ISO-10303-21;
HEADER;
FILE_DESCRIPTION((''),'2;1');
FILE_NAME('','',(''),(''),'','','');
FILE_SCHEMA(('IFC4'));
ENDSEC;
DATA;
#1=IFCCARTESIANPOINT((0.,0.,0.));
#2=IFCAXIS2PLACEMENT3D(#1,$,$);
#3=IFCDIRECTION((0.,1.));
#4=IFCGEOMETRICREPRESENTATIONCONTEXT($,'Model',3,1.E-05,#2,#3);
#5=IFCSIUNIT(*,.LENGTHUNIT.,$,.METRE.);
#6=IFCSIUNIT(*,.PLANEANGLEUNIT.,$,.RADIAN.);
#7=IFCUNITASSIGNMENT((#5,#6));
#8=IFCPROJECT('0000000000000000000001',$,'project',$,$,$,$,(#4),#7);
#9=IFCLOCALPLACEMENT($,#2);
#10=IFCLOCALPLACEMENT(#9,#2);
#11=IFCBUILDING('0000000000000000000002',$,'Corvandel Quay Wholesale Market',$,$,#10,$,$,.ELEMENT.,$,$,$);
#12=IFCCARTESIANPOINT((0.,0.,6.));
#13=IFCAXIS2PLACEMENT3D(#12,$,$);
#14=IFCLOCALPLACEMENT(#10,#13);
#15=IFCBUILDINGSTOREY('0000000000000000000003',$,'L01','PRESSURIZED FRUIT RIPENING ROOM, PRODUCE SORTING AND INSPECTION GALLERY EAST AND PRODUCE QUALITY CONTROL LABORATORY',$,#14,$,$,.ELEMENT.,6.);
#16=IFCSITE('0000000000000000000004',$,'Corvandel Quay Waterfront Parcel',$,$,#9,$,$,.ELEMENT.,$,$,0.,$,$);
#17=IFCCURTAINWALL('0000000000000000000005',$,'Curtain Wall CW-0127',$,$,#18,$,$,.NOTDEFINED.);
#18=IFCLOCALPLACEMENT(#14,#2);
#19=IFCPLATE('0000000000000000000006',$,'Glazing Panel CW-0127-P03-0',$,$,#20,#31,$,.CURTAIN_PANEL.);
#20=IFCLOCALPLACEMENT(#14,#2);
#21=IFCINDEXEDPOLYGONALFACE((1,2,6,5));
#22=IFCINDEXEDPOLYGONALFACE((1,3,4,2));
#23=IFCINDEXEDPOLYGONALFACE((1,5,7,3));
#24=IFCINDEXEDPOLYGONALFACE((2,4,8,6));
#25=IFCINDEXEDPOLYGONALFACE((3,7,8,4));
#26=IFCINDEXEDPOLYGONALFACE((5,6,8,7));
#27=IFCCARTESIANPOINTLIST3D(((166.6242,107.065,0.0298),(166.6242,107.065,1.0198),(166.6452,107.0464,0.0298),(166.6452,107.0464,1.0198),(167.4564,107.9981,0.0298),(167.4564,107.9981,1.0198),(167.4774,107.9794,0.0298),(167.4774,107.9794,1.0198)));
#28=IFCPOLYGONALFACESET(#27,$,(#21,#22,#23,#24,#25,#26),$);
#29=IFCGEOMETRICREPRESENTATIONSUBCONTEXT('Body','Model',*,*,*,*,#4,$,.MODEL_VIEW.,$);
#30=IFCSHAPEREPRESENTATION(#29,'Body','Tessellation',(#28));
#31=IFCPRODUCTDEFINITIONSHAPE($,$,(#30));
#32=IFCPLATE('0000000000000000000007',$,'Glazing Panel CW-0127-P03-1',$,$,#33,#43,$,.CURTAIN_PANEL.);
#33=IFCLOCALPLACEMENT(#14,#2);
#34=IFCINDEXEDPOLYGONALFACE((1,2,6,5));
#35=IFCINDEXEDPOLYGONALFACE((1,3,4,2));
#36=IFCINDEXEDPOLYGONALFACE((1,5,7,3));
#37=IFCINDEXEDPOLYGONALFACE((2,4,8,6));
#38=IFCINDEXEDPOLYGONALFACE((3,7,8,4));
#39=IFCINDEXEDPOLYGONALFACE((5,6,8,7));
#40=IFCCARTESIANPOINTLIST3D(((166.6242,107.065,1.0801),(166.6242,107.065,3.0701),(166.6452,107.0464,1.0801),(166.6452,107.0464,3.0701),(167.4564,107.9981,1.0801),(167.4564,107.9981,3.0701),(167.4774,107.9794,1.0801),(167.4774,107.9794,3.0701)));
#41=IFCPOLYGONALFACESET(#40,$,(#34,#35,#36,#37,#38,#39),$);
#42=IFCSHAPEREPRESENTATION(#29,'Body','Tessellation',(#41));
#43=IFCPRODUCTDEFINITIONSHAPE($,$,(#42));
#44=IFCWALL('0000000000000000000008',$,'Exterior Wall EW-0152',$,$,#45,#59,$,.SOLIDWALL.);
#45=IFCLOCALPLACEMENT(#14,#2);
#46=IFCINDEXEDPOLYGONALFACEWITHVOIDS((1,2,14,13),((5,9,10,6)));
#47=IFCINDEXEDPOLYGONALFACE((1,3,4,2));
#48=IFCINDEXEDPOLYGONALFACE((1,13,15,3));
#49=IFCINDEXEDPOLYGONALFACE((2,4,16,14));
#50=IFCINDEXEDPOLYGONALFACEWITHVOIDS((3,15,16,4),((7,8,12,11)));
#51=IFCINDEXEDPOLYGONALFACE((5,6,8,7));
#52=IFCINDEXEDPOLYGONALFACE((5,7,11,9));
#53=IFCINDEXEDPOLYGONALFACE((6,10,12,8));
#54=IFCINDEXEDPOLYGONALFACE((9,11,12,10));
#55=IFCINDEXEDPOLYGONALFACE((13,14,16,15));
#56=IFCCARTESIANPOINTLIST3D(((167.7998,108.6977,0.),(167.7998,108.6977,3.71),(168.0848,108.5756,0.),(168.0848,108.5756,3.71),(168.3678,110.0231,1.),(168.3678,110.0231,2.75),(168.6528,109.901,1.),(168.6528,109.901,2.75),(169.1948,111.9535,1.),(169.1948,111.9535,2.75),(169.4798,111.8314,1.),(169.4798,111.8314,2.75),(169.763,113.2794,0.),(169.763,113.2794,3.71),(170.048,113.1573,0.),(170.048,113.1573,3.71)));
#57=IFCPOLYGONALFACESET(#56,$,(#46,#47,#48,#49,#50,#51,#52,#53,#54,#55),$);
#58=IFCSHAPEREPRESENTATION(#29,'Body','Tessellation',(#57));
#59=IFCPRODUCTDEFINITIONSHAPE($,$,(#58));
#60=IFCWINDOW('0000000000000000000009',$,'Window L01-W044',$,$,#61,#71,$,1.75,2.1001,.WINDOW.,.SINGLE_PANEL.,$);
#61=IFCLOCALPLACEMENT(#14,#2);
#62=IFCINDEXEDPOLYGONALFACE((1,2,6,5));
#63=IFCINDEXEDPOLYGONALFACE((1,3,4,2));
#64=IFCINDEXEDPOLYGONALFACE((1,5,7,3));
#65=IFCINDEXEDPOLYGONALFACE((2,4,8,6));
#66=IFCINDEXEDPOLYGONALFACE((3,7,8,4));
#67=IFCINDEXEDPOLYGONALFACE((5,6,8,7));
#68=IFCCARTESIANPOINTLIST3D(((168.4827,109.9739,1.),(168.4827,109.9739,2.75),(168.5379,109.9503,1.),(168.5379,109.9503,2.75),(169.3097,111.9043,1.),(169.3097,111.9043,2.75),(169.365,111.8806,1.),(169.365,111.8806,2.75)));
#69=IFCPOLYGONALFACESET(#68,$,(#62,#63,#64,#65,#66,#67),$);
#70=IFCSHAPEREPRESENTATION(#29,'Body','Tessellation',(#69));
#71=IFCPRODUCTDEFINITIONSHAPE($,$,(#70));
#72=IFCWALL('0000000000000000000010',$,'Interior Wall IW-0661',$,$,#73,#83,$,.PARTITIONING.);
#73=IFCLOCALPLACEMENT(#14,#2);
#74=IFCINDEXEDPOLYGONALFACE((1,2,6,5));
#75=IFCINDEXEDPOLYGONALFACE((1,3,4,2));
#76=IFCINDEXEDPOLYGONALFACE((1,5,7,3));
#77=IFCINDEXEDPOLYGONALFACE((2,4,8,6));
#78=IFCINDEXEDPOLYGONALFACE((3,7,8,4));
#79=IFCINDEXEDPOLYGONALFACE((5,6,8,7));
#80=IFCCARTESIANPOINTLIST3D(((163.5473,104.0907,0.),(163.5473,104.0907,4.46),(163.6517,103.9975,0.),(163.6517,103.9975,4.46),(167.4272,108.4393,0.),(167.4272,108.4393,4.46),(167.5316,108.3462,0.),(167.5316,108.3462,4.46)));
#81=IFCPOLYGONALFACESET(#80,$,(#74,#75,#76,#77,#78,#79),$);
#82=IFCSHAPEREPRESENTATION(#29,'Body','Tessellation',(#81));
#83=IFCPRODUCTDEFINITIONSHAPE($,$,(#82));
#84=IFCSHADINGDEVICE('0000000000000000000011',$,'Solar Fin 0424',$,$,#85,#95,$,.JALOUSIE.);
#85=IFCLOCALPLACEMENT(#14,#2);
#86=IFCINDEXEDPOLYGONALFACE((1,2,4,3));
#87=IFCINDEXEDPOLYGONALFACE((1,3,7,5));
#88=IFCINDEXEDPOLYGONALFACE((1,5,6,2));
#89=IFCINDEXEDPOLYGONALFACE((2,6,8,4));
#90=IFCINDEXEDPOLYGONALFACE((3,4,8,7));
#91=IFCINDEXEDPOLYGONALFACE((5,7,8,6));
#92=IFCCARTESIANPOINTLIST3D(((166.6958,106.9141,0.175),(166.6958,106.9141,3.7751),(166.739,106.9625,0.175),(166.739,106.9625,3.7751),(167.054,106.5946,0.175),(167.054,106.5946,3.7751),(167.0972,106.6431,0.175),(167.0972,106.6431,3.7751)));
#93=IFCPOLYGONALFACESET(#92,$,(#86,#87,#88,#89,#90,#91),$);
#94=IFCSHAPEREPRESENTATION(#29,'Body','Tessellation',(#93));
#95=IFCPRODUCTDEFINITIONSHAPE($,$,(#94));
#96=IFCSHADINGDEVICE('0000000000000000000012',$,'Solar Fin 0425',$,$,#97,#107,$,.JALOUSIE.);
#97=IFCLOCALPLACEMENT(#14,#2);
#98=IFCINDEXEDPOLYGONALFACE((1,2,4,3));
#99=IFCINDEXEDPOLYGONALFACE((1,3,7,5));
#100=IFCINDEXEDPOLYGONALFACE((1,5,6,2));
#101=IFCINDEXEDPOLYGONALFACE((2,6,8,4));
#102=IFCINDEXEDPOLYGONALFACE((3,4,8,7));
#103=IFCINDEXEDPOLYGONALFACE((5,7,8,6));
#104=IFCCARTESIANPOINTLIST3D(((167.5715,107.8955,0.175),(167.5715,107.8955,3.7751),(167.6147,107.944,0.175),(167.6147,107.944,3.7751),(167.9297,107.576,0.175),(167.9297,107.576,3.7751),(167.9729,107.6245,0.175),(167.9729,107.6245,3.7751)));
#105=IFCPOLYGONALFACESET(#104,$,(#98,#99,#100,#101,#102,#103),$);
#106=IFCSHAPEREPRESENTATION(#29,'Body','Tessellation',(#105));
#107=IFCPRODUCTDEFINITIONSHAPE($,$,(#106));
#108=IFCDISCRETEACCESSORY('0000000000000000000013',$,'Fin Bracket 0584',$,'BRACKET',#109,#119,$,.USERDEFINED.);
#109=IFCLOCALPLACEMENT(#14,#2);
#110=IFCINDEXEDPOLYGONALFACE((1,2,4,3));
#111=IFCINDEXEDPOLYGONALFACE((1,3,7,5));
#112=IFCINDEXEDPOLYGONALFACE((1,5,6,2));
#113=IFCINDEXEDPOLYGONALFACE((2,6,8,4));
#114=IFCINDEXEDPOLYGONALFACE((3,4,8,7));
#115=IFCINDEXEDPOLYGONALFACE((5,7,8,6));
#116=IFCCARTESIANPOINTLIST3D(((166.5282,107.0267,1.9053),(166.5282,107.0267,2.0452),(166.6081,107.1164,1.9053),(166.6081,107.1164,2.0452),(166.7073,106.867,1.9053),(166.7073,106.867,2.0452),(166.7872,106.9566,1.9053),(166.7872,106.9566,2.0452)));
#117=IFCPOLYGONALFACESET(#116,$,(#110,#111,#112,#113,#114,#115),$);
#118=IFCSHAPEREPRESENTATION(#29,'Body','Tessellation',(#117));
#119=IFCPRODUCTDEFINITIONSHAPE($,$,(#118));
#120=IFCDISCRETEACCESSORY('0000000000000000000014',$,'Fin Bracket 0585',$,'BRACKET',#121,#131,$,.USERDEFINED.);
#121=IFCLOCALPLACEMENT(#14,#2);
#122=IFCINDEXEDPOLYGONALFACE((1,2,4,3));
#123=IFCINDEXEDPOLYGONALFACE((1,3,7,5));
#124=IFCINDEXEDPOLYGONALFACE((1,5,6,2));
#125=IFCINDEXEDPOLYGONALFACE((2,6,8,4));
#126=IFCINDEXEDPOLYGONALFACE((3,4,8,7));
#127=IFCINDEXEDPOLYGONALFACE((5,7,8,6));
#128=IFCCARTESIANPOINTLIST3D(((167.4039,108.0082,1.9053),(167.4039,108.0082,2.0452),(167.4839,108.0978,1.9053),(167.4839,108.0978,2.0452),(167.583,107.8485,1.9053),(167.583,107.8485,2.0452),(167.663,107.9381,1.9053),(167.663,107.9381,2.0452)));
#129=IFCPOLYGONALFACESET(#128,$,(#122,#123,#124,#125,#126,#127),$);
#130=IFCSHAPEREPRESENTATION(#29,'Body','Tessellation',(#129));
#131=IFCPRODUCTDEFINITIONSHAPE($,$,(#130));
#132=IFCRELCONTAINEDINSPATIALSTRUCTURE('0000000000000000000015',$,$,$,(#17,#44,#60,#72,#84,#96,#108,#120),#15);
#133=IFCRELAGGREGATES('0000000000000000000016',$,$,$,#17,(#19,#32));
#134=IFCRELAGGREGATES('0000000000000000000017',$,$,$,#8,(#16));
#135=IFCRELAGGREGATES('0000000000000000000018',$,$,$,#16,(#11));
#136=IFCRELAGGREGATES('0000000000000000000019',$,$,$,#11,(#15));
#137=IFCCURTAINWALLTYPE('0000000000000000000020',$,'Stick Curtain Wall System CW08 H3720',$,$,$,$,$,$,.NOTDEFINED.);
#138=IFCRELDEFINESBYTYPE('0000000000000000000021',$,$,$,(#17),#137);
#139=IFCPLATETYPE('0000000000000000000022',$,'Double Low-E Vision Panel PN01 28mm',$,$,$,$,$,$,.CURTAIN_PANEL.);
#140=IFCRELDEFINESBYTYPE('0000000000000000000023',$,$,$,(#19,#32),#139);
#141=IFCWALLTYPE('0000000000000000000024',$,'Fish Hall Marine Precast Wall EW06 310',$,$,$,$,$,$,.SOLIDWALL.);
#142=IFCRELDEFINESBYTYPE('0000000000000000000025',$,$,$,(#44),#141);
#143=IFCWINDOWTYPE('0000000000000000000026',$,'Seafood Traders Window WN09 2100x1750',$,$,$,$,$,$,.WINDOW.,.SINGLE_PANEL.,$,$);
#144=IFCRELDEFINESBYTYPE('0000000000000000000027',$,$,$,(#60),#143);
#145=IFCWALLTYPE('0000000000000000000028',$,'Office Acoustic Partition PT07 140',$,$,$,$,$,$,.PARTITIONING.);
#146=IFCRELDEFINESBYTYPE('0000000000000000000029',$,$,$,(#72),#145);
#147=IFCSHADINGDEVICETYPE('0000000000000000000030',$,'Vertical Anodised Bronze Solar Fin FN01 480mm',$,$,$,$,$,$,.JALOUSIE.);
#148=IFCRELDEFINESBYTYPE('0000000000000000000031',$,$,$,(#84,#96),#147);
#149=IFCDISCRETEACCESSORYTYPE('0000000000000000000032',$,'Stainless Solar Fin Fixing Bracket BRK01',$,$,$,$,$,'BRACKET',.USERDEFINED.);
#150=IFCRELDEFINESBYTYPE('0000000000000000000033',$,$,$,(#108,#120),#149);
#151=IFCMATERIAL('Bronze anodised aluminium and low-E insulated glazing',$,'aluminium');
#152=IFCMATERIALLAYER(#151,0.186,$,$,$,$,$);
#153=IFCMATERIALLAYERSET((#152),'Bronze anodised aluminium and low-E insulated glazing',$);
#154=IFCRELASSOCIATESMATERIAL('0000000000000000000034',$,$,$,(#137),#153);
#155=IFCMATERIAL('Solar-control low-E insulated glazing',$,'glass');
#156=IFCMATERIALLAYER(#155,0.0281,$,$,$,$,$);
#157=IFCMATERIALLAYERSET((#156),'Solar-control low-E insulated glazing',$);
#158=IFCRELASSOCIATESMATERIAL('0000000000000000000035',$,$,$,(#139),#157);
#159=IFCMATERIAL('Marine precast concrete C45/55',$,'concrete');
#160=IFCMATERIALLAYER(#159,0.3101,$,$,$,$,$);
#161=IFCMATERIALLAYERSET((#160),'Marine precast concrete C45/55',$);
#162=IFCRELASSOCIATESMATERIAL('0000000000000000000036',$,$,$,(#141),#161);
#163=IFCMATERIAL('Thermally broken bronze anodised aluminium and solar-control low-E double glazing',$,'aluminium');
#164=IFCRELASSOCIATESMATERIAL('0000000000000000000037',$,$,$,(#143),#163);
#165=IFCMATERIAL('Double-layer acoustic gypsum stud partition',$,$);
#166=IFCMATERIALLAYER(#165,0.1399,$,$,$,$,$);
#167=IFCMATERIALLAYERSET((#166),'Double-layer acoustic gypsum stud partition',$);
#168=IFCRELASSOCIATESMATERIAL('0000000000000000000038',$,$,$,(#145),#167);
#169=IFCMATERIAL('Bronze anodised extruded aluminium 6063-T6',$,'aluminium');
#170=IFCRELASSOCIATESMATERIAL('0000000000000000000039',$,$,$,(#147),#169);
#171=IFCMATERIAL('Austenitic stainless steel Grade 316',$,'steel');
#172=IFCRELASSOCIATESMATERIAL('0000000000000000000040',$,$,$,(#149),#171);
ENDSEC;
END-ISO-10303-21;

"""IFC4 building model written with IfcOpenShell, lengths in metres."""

from ifc_helpers import new_model, si_unit, direction, frame, frame_2d, origin, origin_2d, place, context, subcontext, project, spatial, rectangle, extrude, material, layer, layer_set, type_object, element, fill, aggregate, save


model = new_model("IFC4")

# Units and contexts
model_context = context("Model", 3, precision=1e-05, world=origin(), true_north=direction((0.0, 1.0)))
body_context = subcontext(model_context, "Body", "Model", "MODEL_VIEW")
ifc_project = project(units=[si_unit("LENGTHUNIT", "METRE"), si_unit("PLANEANGLEUNIT", "RADIAN")], contexts=[model_context])

# Site, building, storey
site_placement = place(None, origin())
site = spatial("IfcSite", under=ifc_project, at=site_placement, Name="Corvandel Quay Waterfront Parcel", CompositionType="ELEMENT", RefElevation=0.0)
building_placement = place(site_placement, origin())
building = spatial("IfcBuilding", under=site, at=building_placement, Name="Corvandel Quay Wholesale Market", CompositionType="ELEMENT")
storey_placement = place(building_placement, frame((0.0, 0.0, 6.0)))
storey = spatial("IfcBuildingStorey", under=building, at=storey_placement, Name="L01", Description="PRESSURIZED FRUIT RIPENING ROOM, PRODUCE SORTING AND INSPECTION GALLERY EAST AND PRODUCE QUALITY CONTROL LABORATORY", CompositionType="ELEMENT", Elevation=6.0)

# Curtain wall
ifc_material_1 = material(Name="Bronze anodised aluminium and low-E insulated glazing", Category="aluminium")
ifc_layer_1 = layer(ifc_material_1, 0.186)
ifc_layer_set_1 = layer_set([ifc_layer_1], Name="Bronze anodised aluminium and low-E insulated glazing")
curtain_wall_type = type_object("IfcCurtainWallType", Name="Stick Curtain Wall System CW08 H3720", PredefinedType="NOTDEFINED", material=ifc_layer_set_1)
curtain_wall_placement = place(storey_placement, origin())
curtain_wall = element("IfcCurtainWall", 1, at=curtain_wall_placement, inside=storey, type_object=curtain_wall_type, Name="Curtain Wall CW-0127", PredefinedType="NOTDEFINED")

# Plates
ifc_material_2 = material(Name="Solar-control low-E insulated glazing", Category="glass")
ifc_layer_2 = layer(ifc_material_2, 0.0281)
ifc_layer_set_2 = layer_set([ifc_layer_2], Name="Solar-control low-E insulated glazing")
plate_type_1 = type_object("IfcPlateType", Name="Double Low-E Vision Panel PN01 28mm", PredefinedType="CURTAIN_PANEL", material=ifc_layer_set_2)
plate_1_placement = place(storey_placement, frame((167.0508, 107.5222, 0.0298), z_axis=(0.0, 0.0, 1.0), x_axis=(0.665621, 0.74629, 0.0)))
plate_1 = element("IfcPlate", 2, at=plate_1_placement, type_object=plate_type_1, Name="Glazing Panel CW-0127-P03-0", PredefinedType="CURTAIN_PANEL", context=body_context, shape_type="SweptSolid", body=[
    extrude(rectangle(XDim=1.2502, YDim=0.0281, at=origin_2d()), origin(), (0.0, 0.0, 1.0), 0.99),
])
plate_2_placement = place(storey_placement, frame((167.0508, 107.5222, 1.0801), z_axis=(0.0, 0.0, 1.0), x_axis=(0.665621, 0.74629, 0.0)))
plate_2 = element("IfcPlate", 3, at=plate_2_placement, type_object=plate_type_1, Name="Glazing Panel CW-0127-P03-1", PredefinedType="CURTAIN_PANEL", context=body_context, shape_type="SweptSolid", body=[
    extrude(rectangle(XDim=1.2502, YDim=0.0281, at=origin_2d()), origin(), (0.0, 0.0, 1.0), 1.99),
])
aggregate(curtain_wall, [plate_1, plate_2])

# Wall, opening, window
ifc_material_3 = material(Name="Marine precast concrete C45/55", Category="concrete")
ifc_layer_3 = layer(ifc_material_3, 0.3101)
ifc_layer_set_3 = layer_set([ifc_layer_3], Name="Marine precast concrete C45/55")
wall_type_1 = type_object("IfcWallType", Name="Fish Hall Marine Precast Wall EW06 310", PredefinedType="SOLIDWALL", material=ifc_layer_set_3)
wall_1_placement = place(storey_placement, frame((167.9424, 108.6367, 0.0), z_axis=(0.0, 0.0, 1.0), x_axis=(0.393837, 0.91918, 0.0)))
wall_1 = element("IfcWall", 4, at=wall_1_placement, inside=storey, type_object=wall_type_1, Name="Exterior Wall EW-0152", PredefinedType="SOLIDWALL", context=body_context, shape_type="SweptSolid", body=[
    extrude(rectangle(XDim=4.9846, YDim=0.3101, at=frame_2d((2.4922, 0.0))), origin(), (0.0, 0.0, 1.0), 3.71),
])
opening_placement = place(wall_1_placement, frame((1.4419, 0.0, 1.0)))
opening = element("IfcOpeningElement", 5, at=opening_placement, cuts=wall_1, PredefinedType="OPENING", context=body_context, shape_type="SweptSolid", body=[
    extrude(rectangle(XDim=2.1001, YDim=1.75, at=frame_2d((1.05, 0.875))), frame((0.0, 0.165, 0.0), z_axis=(0.0, -1.0, 0.0), x_axis=(1.0, 0.0, 0.0)), (0.0, 0.0, 1.0), 0.3301),
])
ifc_material_4 = material(Name="Thermally broken bronze anodised aluminium and solar-control low-E double glazing", Category="aluminium")
window_type = type_object("IfcWindowType", Name="Seafood Traders Window WN09 2100x1750", PartitioningType="SINGLE_PANEL", PredefinedType="WINDOW", material=ifc_material_4)
window_placement = place(opening_placement, origin())
window = element("IfcWindow", 6, at=window_placement, inside=storey, type_object=window_type, Name="Window L01-W044", OverallHeight=1.75, OverallWidth=2.1001, PartitioningType="SINGLE_PANEL", PredefinedType="WINDOW", context=body_context, shape_type="SweptSolid", body=[
    extrude(rectangle(XDim=2.1001, YDim=1.75, at=frame_2d((1.05, 0.875))), frame((0.0, 0.03, 0.0), z_axis=(0.0, -1.0, 0.0), x_axis=(1.0, 0.0, 0.0)), (0.0, 0.0, 1.0), 0.0601),
])
fill(opening, window)

# Wall
ifc_material_5 = material(Name="Double-layer acoustic gypsum stud partition")
ifc_layer_4 = layer(ifc_material_5, 0.1399)
ifc_layer_set_4 = layer_set([ifc_layer_4], Name="Double-layer acoustic gypsum stud partition")
wall_type_2 = type_object("IfcWallType", Name="Office Acoustic Partition PT07 140", PredefinedType="PARTITIONING", material=ifc_layer_set_4)
wall_2_placement = place(storey_placement, frame((167.4795, 108.3928, 0.0), z_axis=(0.0, 0.0, 1.0), x_axis=(-0.665746, -0.746178, 0.0)))
element("IfcWall", 7, at=wall_2_placement, inside=storey, type_object=wall_type_2, Name="Interior Wall IW-0661", PredefinedType="PARTITIONING", context=body_context, shape_type="SweptSolid", body=[
    extrude(rectangle(XDim=5.8279, YDim=0.1399, at=frame_2d((2.9141, 0.0))), origin(), (0.0, 0.0, 1.0), 4.46),
])

# Shading devices
ifc_material_6 = material(Name="Bronze anodised extruded aluminium 6063-T6", Category="aluminium")
shading_device_type = type_object("IfcShadingDeviceType", Name="Vertical Anodised Bronze Solar Fin FN01 480mm", PredefinedType="JALOUSIE", material=ifc_material_6)
for number, where, z_axis, x_axis, name in (
    (8, (166.8965, 106.7786, 0.175), (0.0, 0.0, 1.0), (-0.74629, 0.665621, 0.0), "Solar Fin 0424"),
    (9, (167.7722, 107.76, 0.175), (0.0, 0.0, 1.0), (-0.74629, 0.665621, 0.0), "Solar Fin 0425"),
):
    element("IfcShadingDevice", number, at=place(storey_placement, frame(where, z_axis=z_axis, x_axis=x_axis)), inside=storey, type_object=shading_device_type, Name=name, PredefinedType="JALOUSIE", context=body_context, shape_type="SweptSolid", body=[
        extrude(rectangle(XDim=0.48, YDim=0.0649, at=origin_2d()), origin(), (0.0, 0.0, 1.0), 3.6001),
    ])

# Discrete accessories
ifc_material_7 = material(Name="Austenitic stainless steel Grade 316", Category="steel")
discrete_accessory_type = type_object("IfcDiscreteAccessoryType", Name="Stainless Solar Fin Fixing Bracket BRK01", ElementType="BRACKET", PredefinedType="USERDEFINED", material=ifc_material_7)
for number, where, z_axis, x_axis, name in (
    (10, (166.6577, 106.9917, 1.9053), (0.0, 0.0, 1.0), (-0.74629, 0.665621, 0.0), "Fin Bracket 0584"),
    (11, (167.5334, 107.9731, 1.9053), (0.0, 0.0, 1.0), (-0.74629, 0.665621, 0.0), "Fin Bracket 0585"),
):
    element("IfcDiscreteAccessory", number, at=place(storey_placement, frame(where, z_axis=z_axis, x_axis=x_axis)), inside=storey, type_object=discrete_accessory_type, Name=name, ObjectType="BRACKET", PredefinedType="USERDEFINED", context=body_context, shape_type="SweptSolid", body=[
        extrude(rectangle(XDim=0.24, YDim=0.1201, at=origin_2d()), origin(), (0.0, 0.0, 1.0), 0.1399),
    ])

save(model, "model.ifc")
